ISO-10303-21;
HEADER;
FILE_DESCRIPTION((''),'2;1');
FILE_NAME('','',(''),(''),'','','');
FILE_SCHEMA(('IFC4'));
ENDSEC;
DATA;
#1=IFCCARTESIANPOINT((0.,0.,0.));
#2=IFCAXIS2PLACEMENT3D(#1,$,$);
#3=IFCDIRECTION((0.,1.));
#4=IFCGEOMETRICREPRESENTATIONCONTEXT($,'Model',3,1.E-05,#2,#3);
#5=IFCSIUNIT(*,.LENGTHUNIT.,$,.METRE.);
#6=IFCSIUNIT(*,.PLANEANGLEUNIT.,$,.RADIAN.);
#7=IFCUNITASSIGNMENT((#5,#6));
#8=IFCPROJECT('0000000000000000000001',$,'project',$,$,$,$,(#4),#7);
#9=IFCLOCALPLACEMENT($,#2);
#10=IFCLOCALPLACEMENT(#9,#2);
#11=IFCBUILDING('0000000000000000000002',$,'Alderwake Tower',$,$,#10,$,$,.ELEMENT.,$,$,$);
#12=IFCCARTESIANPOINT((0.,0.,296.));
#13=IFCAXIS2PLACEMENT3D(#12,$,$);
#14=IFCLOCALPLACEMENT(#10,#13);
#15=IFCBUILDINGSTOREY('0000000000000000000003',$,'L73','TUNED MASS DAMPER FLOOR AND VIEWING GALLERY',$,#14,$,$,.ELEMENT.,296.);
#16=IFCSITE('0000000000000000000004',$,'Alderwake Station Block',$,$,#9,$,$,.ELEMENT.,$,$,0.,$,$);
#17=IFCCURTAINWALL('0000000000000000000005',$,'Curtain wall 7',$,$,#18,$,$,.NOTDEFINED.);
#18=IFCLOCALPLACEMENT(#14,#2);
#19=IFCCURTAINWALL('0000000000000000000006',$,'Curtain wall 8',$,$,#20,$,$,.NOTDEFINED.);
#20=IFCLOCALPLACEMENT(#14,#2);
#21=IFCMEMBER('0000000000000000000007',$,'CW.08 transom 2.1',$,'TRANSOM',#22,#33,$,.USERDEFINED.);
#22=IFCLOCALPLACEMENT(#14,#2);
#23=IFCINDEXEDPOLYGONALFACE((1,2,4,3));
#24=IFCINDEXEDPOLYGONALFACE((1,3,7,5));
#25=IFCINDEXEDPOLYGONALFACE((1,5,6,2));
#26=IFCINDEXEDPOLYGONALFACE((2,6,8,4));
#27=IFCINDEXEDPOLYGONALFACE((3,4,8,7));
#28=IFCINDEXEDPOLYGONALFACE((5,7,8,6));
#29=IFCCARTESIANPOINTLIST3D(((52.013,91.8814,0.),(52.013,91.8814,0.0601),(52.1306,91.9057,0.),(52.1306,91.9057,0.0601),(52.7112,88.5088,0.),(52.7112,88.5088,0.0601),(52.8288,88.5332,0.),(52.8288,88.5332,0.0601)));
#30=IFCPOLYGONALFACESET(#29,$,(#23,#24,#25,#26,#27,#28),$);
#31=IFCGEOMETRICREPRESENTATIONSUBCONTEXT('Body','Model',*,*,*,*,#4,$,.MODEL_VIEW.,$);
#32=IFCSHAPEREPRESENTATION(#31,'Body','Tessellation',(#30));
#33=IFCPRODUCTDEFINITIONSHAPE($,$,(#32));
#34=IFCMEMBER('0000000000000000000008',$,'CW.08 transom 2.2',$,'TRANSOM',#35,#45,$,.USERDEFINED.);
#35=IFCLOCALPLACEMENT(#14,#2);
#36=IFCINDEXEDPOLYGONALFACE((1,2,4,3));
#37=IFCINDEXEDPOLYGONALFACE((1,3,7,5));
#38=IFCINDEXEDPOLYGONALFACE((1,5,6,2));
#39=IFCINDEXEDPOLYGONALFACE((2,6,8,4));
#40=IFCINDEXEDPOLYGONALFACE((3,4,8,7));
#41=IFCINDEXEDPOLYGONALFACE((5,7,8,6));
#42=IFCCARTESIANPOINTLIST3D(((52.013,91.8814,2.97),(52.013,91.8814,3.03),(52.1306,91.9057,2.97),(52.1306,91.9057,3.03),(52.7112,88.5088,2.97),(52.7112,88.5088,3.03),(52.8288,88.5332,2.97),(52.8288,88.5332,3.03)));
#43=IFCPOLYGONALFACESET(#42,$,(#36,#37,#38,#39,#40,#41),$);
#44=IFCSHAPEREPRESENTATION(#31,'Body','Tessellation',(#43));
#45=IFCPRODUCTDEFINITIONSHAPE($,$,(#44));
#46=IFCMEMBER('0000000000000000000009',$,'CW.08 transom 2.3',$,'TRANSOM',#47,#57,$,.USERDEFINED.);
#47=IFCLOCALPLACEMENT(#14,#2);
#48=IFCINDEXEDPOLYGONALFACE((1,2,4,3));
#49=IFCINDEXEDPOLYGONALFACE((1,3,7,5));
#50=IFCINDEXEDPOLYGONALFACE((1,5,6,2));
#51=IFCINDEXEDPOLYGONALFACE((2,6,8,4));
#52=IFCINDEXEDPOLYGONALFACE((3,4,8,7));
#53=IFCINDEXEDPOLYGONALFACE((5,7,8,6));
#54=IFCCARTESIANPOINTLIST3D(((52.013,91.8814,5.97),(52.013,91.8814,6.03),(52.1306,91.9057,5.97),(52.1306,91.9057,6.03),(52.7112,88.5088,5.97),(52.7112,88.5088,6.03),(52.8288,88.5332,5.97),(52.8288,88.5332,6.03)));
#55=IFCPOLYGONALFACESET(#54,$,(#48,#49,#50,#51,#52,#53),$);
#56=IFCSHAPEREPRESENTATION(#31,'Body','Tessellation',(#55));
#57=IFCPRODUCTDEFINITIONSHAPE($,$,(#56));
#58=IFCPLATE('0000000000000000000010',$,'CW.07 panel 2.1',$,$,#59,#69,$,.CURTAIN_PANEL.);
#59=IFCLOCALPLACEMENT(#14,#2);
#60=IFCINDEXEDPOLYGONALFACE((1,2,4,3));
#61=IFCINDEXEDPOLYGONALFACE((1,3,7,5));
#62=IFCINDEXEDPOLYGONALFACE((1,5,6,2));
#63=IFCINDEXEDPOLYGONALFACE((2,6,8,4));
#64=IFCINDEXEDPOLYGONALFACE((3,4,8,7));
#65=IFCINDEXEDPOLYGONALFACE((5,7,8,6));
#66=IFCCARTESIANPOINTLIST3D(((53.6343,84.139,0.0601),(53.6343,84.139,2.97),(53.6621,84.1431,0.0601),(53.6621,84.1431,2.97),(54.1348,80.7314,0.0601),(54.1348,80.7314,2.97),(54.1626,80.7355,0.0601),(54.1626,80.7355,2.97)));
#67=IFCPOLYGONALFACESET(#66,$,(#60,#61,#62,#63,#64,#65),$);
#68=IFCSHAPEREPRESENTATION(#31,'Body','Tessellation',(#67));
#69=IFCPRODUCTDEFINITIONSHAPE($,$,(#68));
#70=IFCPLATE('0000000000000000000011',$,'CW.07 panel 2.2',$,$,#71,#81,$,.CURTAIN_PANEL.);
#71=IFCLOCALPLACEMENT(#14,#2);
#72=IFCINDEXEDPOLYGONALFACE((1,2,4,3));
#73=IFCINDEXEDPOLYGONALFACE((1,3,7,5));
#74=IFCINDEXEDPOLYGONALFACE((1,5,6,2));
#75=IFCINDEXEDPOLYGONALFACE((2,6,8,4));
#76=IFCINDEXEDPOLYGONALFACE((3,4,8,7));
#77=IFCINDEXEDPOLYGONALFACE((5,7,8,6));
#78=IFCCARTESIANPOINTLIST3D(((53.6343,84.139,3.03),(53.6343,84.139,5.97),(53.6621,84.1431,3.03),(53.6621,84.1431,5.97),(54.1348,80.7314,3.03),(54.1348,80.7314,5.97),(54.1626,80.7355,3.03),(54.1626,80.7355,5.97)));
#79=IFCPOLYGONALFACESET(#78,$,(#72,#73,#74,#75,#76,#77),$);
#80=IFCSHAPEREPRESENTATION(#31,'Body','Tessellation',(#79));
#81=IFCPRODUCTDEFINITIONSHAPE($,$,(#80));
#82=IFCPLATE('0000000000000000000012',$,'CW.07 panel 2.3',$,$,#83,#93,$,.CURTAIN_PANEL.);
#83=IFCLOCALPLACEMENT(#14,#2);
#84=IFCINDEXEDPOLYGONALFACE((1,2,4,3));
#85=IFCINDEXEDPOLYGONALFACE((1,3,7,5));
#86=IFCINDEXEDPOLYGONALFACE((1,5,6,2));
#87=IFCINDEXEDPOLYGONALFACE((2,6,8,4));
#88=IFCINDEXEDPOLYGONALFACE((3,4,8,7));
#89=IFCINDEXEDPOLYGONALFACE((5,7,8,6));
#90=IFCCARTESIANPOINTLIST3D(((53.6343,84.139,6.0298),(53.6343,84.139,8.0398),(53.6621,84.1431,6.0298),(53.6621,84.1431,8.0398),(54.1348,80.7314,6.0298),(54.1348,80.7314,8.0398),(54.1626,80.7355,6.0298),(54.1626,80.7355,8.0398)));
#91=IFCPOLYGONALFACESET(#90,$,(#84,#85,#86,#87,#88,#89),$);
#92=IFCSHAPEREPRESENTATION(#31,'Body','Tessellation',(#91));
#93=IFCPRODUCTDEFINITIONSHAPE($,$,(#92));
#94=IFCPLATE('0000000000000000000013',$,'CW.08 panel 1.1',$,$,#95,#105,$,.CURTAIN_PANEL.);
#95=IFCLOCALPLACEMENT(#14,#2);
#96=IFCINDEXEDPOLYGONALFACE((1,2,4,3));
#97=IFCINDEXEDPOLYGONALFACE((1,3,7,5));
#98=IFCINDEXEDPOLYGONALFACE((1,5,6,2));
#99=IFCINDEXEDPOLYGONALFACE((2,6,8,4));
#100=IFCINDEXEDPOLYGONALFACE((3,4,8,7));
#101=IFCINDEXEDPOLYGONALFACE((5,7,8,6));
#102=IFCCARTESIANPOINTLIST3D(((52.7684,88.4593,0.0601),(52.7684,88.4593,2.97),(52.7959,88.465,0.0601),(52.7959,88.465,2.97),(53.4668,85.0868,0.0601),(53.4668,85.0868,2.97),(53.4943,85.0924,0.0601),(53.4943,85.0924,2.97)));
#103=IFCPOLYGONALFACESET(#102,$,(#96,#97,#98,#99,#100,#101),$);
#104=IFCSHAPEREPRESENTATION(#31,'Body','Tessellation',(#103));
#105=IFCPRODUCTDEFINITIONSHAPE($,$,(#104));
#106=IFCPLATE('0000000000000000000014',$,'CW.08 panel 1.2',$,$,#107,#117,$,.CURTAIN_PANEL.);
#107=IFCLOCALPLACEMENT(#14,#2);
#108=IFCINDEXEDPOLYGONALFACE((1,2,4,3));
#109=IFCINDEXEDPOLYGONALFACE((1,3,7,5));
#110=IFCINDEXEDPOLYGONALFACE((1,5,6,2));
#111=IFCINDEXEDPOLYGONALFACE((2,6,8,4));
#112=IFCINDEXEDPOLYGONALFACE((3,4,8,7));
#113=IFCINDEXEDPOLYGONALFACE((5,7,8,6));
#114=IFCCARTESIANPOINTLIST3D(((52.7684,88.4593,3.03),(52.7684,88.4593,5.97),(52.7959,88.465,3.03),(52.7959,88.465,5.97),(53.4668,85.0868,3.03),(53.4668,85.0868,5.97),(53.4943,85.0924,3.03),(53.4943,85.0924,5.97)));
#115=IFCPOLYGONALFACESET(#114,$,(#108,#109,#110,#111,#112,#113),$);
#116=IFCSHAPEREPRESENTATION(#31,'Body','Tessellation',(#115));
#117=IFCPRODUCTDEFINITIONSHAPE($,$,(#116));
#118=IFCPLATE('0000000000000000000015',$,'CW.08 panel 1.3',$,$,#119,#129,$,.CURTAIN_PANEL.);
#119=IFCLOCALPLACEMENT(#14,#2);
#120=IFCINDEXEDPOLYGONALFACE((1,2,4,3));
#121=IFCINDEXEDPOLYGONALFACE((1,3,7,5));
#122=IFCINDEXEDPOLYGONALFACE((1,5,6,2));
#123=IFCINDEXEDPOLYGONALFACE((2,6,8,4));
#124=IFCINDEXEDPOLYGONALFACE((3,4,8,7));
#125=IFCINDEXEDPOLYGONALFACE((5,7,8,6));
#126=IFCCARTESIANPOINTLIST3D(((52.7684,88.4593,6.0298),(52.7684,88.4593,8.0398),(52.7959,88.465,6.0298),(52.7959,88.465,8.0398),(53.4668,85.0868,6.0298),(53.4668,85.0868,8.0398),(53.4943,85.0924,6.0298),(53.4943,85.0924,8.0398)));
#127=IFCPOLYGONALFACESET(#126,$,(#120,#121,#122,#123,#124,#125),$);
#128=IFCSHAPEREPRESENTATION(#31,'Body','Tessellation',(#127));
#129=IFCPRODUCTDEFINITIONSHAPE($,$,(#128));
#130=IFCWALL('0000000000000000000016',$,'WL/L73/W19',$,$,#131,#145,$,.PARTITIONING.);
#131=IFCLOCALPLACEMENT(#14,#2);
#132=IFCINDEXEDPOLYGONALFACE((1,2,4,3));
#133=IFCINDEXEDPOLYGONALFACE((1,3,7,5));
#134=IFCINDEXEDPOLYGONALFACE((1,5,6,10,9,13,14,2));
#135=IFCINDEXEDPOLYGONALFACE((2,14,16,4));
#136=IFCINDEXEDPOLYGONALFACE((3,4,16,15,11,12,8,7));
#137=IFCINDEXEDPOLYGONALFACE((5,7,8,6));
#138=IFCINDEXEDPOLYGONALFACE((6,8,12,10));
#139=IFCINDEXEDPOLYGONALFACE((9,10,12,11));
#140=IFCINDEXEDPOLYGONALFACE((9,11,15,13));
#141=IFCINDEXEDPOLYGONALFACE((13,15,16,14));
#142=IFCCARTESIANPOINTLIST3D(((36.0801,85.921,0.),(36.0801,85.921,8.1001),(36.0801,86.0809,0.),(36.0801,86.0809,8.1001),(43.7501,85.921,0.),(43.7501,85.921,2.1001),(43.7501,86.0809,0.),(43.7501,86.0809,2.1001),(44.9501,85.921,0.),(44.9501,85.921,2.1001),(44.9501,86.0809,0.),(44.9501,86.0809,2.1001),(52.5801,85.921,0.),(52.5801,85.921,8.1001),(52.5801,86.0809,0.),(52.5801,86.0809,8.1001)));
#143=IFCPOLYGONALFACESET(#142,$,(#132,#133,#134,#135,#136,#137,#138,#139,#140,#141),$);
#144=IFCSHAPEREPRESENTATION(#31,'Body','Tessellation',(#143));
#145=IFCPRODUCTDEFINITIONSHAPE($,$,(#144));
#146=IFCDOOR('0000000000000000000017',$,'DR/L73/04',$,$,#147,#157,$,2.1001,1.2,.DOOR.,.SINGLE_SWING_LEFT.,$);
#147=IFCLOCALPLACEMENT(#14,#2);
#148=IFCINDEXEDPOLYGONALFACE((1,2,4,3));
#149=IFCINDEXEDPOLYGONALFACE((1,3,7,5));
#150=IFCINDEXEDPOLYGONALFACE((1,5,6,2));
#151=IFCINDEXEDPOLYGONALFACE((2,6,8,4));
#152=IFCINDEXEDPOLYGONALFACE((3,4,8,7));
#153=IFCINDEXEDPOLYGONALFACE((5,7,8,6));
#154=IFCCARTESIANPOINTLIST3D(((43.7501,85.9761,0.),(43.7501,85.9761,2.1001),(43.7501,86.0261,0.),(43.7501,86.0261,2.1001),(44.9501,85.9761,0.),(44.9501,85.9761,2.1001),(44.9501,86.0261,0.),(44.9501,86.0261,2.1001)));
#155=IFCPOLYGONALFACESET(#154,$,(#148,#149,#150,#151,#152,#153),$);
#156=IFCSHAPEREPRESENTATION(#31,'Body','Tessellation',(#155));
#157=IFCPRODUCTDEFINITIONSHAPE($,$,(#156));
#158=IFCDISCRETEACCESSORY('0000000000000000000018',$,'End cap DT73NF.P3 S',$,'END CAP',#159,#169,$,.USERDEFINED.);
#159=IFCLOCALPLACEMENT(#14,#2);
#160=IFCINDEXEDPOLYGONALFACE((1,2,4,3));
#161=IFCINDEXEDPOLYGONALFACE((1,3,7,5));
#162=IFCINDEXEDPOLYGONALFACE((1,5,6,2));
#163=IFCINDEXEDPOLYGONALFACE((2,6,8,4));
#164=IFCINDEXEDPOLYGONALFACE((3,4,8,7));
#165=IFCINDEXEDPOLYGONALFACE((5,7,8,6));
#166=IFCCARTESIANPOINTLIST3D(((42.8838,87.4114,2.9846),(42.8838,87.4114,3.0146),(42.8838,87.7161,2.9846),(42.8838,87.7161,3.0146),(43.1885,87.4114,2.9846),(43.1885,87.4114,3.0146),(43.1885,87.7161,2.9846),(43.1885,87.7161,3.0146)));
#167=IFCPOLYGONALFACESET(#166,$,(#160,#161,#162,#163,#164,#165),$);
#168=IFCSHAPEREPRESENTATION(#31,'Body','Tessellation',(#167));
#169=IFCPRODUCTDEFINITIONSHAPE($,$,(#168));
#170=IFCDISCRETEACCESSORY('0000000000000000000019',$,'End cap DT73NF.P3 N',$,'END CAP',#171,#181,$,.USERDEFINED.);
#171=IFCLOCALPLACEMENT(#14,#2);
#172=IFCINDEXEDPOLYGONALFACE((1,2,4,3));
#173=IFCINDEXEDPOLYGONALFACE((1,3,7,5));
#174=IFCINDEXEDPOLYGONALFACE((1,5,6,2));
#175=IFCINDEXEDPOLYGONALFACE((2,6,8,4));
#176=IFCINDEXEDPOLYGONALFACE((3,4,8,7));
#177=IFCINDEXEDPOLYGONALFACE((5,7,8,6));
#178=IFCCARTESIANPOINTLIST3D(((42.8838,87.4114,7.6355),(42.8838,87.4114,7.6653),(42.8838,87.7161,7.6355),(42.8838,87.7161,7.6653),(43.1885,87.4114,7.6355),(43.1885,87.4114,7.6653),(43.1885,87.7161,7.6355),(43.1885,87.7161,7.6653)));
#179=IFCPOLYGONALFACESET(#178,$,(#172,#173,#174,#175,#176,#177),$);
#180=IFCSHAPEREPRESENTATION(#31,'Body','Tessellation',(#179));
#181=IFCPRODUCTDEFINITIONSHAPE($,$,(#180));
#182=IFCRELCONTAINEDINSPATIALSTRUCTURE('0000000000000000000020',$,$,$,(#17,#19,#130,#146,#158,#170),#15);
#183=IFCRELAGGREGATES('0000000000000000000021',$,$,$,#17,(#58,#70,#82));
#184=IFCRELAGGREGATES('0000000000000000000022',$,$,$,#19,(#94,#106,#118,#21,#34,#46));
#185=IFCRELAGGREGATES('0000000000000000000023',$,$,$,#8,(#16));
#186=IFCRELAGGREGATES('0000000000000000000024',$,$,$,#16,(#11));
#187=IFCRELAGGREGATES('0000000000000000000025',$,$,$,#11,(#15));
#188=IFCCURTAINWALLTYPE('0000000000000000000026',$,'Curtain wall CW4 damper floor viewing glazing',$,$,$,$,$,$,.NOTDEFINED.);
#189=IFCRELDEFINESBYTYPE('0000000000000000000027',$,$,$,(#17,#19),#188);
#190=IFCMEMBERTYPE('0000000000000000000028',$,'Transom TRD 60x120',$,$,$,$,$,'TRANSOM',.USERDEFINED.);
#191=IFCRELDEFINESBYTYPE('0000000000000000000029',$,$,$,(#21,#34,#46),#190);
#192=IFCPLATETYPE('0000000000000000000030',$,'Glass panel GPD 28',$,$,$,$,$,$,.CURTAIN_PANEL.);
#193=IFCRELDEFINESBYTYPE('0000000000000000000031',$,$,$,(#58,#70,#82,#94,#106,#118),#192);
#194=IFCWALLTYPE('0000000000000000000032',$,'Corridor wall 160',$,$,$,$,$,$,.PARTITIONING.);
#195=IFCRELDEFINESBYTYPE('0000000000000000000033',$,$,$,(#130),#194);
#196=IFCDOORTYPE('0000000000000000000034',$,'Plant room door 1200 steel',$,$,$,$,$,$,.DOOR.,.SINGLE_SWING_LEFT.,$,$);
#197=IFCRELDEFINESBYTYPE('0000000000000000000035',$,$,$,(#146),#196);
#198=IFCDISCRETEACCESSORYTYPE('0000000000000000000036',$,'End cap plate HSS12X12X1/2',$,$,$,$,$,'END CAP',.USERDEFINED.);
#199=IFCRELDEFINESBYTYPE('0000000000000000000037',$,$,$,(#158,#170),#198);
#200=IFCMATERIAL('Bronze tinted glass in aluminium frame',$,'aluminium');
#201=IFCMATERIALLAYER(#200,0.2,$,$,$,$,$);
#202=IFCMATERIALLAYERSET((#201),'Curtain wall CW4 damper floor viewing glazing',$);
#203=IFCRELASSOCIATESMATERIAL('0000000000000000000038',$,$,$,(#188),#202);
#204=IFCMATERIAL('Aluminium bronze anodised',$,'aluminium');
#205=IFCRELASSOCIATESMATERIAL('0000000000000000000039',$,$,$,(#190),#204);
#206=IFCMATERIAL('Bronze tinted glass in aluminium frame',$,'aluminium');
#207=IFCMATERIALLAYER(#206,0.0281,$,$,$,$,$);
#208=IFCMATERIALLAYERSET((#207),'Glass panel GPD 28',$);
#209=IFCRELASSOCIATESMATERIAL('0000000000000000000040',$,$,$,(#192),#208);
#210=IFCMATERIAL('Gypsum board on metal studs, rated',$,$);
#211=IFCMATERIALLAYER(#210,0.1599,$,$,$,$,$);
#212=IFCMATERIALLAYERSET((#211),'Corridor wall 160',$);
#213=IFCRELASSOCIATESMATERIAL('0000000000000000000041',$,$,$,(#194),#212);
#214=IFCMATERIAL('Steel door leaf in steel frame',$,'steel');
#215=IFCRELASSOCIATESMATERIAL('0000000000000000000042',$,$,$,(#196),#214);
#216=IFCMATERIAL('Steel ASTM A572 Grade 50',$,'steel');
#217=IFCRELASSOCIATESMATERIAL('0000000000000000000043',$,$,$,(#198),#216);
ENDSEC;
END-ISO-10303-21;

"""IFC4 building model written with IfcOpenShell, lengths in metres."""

from ifc_helpers import new_model, si_unit, direction, frame, frame_2d, origin, origin_2d, place, context, subcontext, project, spatial, rectangle, extrude, material, layer, layer_set, material_profile, profile_set, type_object, element, fill, aggregate, save


model = new_model("IFC4")

# Units and contexts
model_context = context("Model", 3, precision=1e-05, world=origin(), true_north=direction((0.0, 1.0)))
body_context = subcontext(model_context, "Body", "Model", "MODEL_VIEW")
ifc_project = project(units=[si_unit("LENGTHUNIT", "METRE"), si_unit("PLANEANGLEUNIT", "RADIAN")], contexts=[model_context])

# Site, building, storey
site_placement = place(None, origin())
site = spatial("IfcSite", under=ifc_project, at=site_placement, Name="Alderwake Station Block", CompositionType="ELEMENT", RefElevation=0.0)
building_placement = place(site_placement, origin())
building = spatial("IfcBuilding", under=site, at=building_placement, Name="Alderwake Tower", CompositionType="ELEMENT")
storey_placement = place(building_placement, frame((0.0, 0.0, 296.0)))
storey = spatial("IfcBuildingStorey", under=building, at=storey_placement, Name="L73", Description="TUNED MASS DAMPER FLOOR AND VIEWING GALLERY", CompositionType="ELEMENT", Elevation=296.0)

# Curtain wall
ifc_material_1 = material(Name="Bronze tinted glass in aluminium frame", Category="aluminium")
ifc_layer_1 = layer(ifc_material_1, 0.2)
ifc_layer_set_1 = layer_set([ifc_layer_1], Name="Curtain wall CW4 damper floor viewing glazing")
curtain_wall_type = type_object("IfcCurtainWallType", Name="Curtain wall CW4 damper floor viewing glazing", PredefinedType="NOTDEFINED", material=ifc_layer_set_1)
curtain_wall_1_placement = place(storey_placement, origin())
curtain_wall_1 = element("IfcCurtainWall", 1, at=curtain_wall_1_placement, inside=storey, type_object=curtain_wall_type, Name="Curtain wall 7", PredefinedType="NOTDEFINED")

# Curtain wall
curtain_wall_2_placement = place(storey_placement, origin())
curtain_wall_2 = element("IfcCurtainWall", 2, at=curtain_wall_2_placement, inside=storey, type_object=curtain_wall_type, Name="Curtain wall 8", PredefinedType="NOTDEFINED")

# Members
ifc_material_2 = material(Name="Aluminium bronze anodised", Category="aluminium")
ifc_material_profile_1 = material_profile(ifc_material_2, rectangle(XDim=0.1201, YDim=0.0601, at=origin_2d()), Name="Transom TRD 60x120")
ifc_profile_set_1 = profile_set([ifc_material_profile_1], Name="Aluminium bronze anodised")
member_type_1 = type_object("IfcMemberType", Name="Transom TRD 60x120", ElementType="TRANSOM", PredefinedType="USERDEFINED", material=ifc_profile_set_1)
member_1_placement = place(storey_placement, frame((52.77, 88.521, 0.03), z_axis=(-0.202737, 0.979233, 0.0), x_axis=(-0.979233, -0.202737, 0.0)))
member_1 = element("IfcMember", 3, at=member_1_placement, type_object=member_type_1, Name="CW.08 transom 2.1", ObjectType="TRANSOM", PredefinedType="USERDEFINED", context=body_context, shape_type="SweptSolid", body=[
    extrude(rectangle(XDim=0.1201, YDim=0.0601, at=origin_2d()), origin(), (0.0, 0.0, 1.0), 3.4441),
])
member_2_placement = place(storey_placement, frame((52.77, 88.521, 3.0), z_axis=(-0.202737, 0.979233, 0.0), x_axis=(-0.979233, -0.202737, 0.0)))
member_2 = element("IfcMember", 4, at=member_2_placement, type_object=member_type_1, Name="CW.08 transom 2.2", ObjectType="TRANSOM", PredefinedType="USERDEFINED", context=body_context, shape_type="SweptSolid", body=[
    extrude(rectangle(XDim=0.1201, YDim=0.0601, at=origin_2d()), origin(), (0.0, 0.0, 1.0), 3.4441),
])
member_3_placement = place(storey_placement, frame((52.77, 88.521, 6.0), z_axis=(-0.202737, 0.979233, 0.0), x_axis=(-0.979233, -0.202737, 0.0)))
member_3 = element("IfcMember", 5, at=member_3_placement, type_object=member_type_1, Name="CW.08 transom 2.3", ObjectType="TRANSOM", PredefinedType="USERDEFINED", context=body_context, shape_type="SweptSolid", body=[
    extrude(rectangle(XDim=0.1201, YDim=0.0601, at=origin_2d()), origin(), (0.0, 0.0, 1.0), 3.4441),
])

# Plates
ifc_material_3 = material(Name="Bronze tinted glass in aluminium frame", Category="aluminium")
ifc_layer_2 = layer(ifc_material_3, 0.0281)
ifc_layer_set_2 = layer_set([ifc_layer_2], Name="Glass panel GPD 28")
plate_type = type_object("IfcPlateType", Name="Glass panel GPD 28", PredefinedType="CURTAIN_PANEL", material=ifc_layer_set_2)
plate_1_placement = place(storey_placement, frame((53.8984, 82.4373, 0.0601), z_axis=(0.0, 0.0, 1.0), x_axis=(-0.14531, 0.989386, 0.0)))
plate_1 = element("IfcPlate", 6, at=plate_1_placement, type_object=plate_type, Name="CW.07 panel 2.1", PredefinedType="CURTAIN_PANEL", context=body_context, shape_type="SweptSolid", body=[
    extrude(rectangle(XDim=3.4441, YDim=0.0281, at=origin_2d()), origin(), (0.0, 0.0, 1.0), 2.9099),
])
plate_2_placement = place(storey_placement, frame((53.8984, 82.4373, 3.03), z_axis=(0.0, 0.0, 1.0), x_axis=(-0.14531, 0.989386, 0.0)))
plate_2 = element("IfcPlate", 7, at=plate_2_placement, type_object=plate_type, Name="CW.07 panel 2.2", PredefinedType="CURTAIN_PANEL", context=body_context, shape_type="SweptSolid", body=[
    extrude(rectangle(XDim=3.4441, YDim=0.0281, at=origin_2d()), origin(), (0.0, 0.0, 1.0), 2.9399),
])
plate_3_placement = place(storey_placement, frame((53.8984, 82.4373, 6.0298), z_axis=(0.0, 0.0, 1.0), x_axis=(-0.14531, 0.989386, 0.0)))
plate_3 = element("IfcPlate", 8, at=plate_3_placement, type_object=plate_type, Name="CW.07 panel 2.3", PredefinedType="CURTAIN_PANEL", context=body_context, shape_type="SweptSolid", body=[
    extrude(rectangle(XDim=3.4441, YDim=0.0281, at=origin_2d()), origin(), (0.0, 0.0, 1.0), 2.01),
])
aggregate(curtain_wall_1, [plate_1, plate_2, plate_3])
plate_4_placement = place(storey_placement, frame((53.1313, 86.7759, 0.0601), z_axis=(0.0, 0.0, 1.0), x_axis=(-0.202761, 0.979228, 0.0)))
plate_4 = element("IfcPlate", 9, at=plate_4_placement, type_object=plate_type, Name="CW.08 panel 1.1", PredefinedType="CURTAIN_PANEL", context=body_context, shape_type="SweptSolid", body=[
    extrude(rectangle(XDim=3.4441, YDim=0.0281, at=origin_2d()), origin(), (0.0, 0.0, 1.0), 2.9099),
])
plate_5_placement = place(storey_placement, frame((53.1313, 86.7759, 3.03), z_axis=(0.0, 0.0, 1.0), x_axis=(-0.202761, 0.979228, 0.0)))
plate_5 = element("IfcPlate", 10, at=plate_5_placement, type_object=plate_type, Name="CW.08 panel 1.2", PredefinedType="CURTAIN_PANEL", context=body_context, shape_type="SweptSolid", body=[
    extrude(rectangle(XDim=3.4441, YDim=0.0281, at=origin_2d()), origin(), (0.0, 0.0, 1.0), 2.9399),
])
plate_6_placement = place(storey_placement, frame((53.1313, 86.7759, 6.0298), z_axis=(0.0, 0.0, 1.0), x_axis=(-0.202761, 0.979228, 0.0)))
plate_6 = element("IfcPlate", 11, at=plate_6_placement, type_object=plate_type, Name="CW.08 panel 1.3", PredefinedType="CURTAIN_PANEL", context=body_context, shape_type="SweptSolid", body=[
    extrude(rectangle(XDim=3.4441, YDim=0.0281, at=origin_2d()), origin(), (0.0, 0.0, 1.0), 2.01),
])
aggregate(curtain_wall_2, [plate_4, plate_5, plate_6, member_1, member_2, member_3])

# Wall, opening, door
ifc_material_4 = material(Name="Gypsum board on metal studs, rated")
ifc_layer_3 = layer(ifc_material_4, 0.1599)
ifc_layer_set_3 = layer_set([ifc_layer_3], Name="Corridor wall 160")
wall_type = type_object("IfcWallType", Name="Corridor wall 160", PredefinedType="PARTITIONING", material=ifc_layer_set_3)
wall_placement = place(storey_placement, frame((52.5801, 86.001, 0.0), z_axis=(0.0, 0.0, 1.0), x_axis=(-1.0, 0.0, 0.0)))
wall = element("IfcWall", 12, at=wall_placement, inside=storey, type_object=wall_type, Name="WL/L73/W19", PredefinedType="PARTITIONING", context=body_context, shape_type="SweptSolid", body=[
    extrude(rectangle(XDim=16.5, YDim=0.1599, at=frame_2d((8.25, 0.0))), origin(), (0.0, 0.0, 1.0), 8.1001),
])
opening_placement = place(wall_placement, frame((7.6299, 0.0, 0.0)))
opening = element("IfcOpeningElement", 13, at=opening_placement, cuts=wall, PredefinedType="OPENING", context=body_context, shape_type="SweptSolid", body=[
    extrude(rectangle(XDim=1.2, YDim=2.1001, at=frame_2d((0.6001, 1.05))), frame((0.0, 0.0898, 0.0), z_axis=(0.0, -1.0, 0.0), x_axis=(1.0, 0.0, 0.0)), (0.0, 0.0, 1.0), 0.1799),
])
ifc_material_5 = material(Name="Steel door leaf in steel frame", Category="steel")
door_type = type_object("IfcDoorType", Name="Plant room door 1200 steel", OperationType="SINGLE_SWING_LEFT", PredefinedType="DOOR", material=ifc_material_5)
door_placement = place(opening_placement, origin())
door = element("IfcDoor", 14, at=door_placement, inside=storey, type_object=door_type, Name="DR/L73/04", OperationType="SINGLE_SWING_LEFT", OverallHeight=2.1001, OverallWidth=1.2, PredefinedType="DOOR", context=body_context, shape_type="SweptSolid", body=[
    extrude(rectangle(XDim=1.2, YDim=2.1001, at=frame_2d((0.6001, 1.05))), frame((0.0, 0.0249, 0.0), z_axis=(0.0, -1.0, 0.0), x_axis=(1.0, 0.0, 0.0)), (0.0, 0.0, 1.0), 0.05),
])
fill(opening, door)

# Discrete accessories
ifc_material_6 = material(Name="Steel ASTM A572 Grade 50", Category="steel")
ifc_material_profile_2 = material_profile(ifc_material_6, rectangle(XDim=0.3047, YDim=0.3047, at=origin_2d()), Name="HSS12X12X1/2 cap")
ifc_profile_set_2 = profile_set([ifc_material_profile_2], Name="Steel ASTM A572 Grade 50")
discrete_accessory_type_1 = type_object("IfcDiscreteAccessoryType", Name="End cap plate HSS12X12X1/2", ElementType="END CAP", PredefinedType="USERDEFINED", material=ifc_profile_set_2)
discrete_accessory_1_placement = place(storey_placement, frame((43.0361, 87.5637, 3.0146), z_axis=(0.0, 0.0, -1.0), x_axis=(1.0, 0.0, 0.0)))
element("IfcDiscreteAccessory", 15, at=discrete_accessory_1_placement, inside=storey, type_object=discrete_accessory_type_1, Name="End cap DT73NF.P3 S", ObjectType="END CAP", PredefinedType="USERDEFINED", context=body_context, shape_type="SweptSolid", body=[
    extrude(rectangle(XDim=0.3047, YDim=0.3047, at=origin_2d()), origin(), (0.0, 0.0, 1.0), 0.03),
])
discrete_accessory_2_placement = place(storey_placement, frame((43.0361, 87.5637, 7.6355), z_axis=(0.0, 0.0, 1.0), x_axis=(1.0, 0.0, 0.0)))
element("IfcDiscreteAccessory", 16, at=discrete_accessory_2_placement, inside=storey, type_object=discrete_accessory_type_1, Name="End cap DT73NF.P3 N", ObjectType="END CAP", PredefinedType="USERDEFINED", context=body_context, shape_type="SweptSolid", body=[
    extrude(rectangle(XDim=0.3047, YDim=0.3047, at=origin_2d()), origin(), (0.0, 0.0, 1.0), 0.0298),
])

save(model, "model.ifc")
